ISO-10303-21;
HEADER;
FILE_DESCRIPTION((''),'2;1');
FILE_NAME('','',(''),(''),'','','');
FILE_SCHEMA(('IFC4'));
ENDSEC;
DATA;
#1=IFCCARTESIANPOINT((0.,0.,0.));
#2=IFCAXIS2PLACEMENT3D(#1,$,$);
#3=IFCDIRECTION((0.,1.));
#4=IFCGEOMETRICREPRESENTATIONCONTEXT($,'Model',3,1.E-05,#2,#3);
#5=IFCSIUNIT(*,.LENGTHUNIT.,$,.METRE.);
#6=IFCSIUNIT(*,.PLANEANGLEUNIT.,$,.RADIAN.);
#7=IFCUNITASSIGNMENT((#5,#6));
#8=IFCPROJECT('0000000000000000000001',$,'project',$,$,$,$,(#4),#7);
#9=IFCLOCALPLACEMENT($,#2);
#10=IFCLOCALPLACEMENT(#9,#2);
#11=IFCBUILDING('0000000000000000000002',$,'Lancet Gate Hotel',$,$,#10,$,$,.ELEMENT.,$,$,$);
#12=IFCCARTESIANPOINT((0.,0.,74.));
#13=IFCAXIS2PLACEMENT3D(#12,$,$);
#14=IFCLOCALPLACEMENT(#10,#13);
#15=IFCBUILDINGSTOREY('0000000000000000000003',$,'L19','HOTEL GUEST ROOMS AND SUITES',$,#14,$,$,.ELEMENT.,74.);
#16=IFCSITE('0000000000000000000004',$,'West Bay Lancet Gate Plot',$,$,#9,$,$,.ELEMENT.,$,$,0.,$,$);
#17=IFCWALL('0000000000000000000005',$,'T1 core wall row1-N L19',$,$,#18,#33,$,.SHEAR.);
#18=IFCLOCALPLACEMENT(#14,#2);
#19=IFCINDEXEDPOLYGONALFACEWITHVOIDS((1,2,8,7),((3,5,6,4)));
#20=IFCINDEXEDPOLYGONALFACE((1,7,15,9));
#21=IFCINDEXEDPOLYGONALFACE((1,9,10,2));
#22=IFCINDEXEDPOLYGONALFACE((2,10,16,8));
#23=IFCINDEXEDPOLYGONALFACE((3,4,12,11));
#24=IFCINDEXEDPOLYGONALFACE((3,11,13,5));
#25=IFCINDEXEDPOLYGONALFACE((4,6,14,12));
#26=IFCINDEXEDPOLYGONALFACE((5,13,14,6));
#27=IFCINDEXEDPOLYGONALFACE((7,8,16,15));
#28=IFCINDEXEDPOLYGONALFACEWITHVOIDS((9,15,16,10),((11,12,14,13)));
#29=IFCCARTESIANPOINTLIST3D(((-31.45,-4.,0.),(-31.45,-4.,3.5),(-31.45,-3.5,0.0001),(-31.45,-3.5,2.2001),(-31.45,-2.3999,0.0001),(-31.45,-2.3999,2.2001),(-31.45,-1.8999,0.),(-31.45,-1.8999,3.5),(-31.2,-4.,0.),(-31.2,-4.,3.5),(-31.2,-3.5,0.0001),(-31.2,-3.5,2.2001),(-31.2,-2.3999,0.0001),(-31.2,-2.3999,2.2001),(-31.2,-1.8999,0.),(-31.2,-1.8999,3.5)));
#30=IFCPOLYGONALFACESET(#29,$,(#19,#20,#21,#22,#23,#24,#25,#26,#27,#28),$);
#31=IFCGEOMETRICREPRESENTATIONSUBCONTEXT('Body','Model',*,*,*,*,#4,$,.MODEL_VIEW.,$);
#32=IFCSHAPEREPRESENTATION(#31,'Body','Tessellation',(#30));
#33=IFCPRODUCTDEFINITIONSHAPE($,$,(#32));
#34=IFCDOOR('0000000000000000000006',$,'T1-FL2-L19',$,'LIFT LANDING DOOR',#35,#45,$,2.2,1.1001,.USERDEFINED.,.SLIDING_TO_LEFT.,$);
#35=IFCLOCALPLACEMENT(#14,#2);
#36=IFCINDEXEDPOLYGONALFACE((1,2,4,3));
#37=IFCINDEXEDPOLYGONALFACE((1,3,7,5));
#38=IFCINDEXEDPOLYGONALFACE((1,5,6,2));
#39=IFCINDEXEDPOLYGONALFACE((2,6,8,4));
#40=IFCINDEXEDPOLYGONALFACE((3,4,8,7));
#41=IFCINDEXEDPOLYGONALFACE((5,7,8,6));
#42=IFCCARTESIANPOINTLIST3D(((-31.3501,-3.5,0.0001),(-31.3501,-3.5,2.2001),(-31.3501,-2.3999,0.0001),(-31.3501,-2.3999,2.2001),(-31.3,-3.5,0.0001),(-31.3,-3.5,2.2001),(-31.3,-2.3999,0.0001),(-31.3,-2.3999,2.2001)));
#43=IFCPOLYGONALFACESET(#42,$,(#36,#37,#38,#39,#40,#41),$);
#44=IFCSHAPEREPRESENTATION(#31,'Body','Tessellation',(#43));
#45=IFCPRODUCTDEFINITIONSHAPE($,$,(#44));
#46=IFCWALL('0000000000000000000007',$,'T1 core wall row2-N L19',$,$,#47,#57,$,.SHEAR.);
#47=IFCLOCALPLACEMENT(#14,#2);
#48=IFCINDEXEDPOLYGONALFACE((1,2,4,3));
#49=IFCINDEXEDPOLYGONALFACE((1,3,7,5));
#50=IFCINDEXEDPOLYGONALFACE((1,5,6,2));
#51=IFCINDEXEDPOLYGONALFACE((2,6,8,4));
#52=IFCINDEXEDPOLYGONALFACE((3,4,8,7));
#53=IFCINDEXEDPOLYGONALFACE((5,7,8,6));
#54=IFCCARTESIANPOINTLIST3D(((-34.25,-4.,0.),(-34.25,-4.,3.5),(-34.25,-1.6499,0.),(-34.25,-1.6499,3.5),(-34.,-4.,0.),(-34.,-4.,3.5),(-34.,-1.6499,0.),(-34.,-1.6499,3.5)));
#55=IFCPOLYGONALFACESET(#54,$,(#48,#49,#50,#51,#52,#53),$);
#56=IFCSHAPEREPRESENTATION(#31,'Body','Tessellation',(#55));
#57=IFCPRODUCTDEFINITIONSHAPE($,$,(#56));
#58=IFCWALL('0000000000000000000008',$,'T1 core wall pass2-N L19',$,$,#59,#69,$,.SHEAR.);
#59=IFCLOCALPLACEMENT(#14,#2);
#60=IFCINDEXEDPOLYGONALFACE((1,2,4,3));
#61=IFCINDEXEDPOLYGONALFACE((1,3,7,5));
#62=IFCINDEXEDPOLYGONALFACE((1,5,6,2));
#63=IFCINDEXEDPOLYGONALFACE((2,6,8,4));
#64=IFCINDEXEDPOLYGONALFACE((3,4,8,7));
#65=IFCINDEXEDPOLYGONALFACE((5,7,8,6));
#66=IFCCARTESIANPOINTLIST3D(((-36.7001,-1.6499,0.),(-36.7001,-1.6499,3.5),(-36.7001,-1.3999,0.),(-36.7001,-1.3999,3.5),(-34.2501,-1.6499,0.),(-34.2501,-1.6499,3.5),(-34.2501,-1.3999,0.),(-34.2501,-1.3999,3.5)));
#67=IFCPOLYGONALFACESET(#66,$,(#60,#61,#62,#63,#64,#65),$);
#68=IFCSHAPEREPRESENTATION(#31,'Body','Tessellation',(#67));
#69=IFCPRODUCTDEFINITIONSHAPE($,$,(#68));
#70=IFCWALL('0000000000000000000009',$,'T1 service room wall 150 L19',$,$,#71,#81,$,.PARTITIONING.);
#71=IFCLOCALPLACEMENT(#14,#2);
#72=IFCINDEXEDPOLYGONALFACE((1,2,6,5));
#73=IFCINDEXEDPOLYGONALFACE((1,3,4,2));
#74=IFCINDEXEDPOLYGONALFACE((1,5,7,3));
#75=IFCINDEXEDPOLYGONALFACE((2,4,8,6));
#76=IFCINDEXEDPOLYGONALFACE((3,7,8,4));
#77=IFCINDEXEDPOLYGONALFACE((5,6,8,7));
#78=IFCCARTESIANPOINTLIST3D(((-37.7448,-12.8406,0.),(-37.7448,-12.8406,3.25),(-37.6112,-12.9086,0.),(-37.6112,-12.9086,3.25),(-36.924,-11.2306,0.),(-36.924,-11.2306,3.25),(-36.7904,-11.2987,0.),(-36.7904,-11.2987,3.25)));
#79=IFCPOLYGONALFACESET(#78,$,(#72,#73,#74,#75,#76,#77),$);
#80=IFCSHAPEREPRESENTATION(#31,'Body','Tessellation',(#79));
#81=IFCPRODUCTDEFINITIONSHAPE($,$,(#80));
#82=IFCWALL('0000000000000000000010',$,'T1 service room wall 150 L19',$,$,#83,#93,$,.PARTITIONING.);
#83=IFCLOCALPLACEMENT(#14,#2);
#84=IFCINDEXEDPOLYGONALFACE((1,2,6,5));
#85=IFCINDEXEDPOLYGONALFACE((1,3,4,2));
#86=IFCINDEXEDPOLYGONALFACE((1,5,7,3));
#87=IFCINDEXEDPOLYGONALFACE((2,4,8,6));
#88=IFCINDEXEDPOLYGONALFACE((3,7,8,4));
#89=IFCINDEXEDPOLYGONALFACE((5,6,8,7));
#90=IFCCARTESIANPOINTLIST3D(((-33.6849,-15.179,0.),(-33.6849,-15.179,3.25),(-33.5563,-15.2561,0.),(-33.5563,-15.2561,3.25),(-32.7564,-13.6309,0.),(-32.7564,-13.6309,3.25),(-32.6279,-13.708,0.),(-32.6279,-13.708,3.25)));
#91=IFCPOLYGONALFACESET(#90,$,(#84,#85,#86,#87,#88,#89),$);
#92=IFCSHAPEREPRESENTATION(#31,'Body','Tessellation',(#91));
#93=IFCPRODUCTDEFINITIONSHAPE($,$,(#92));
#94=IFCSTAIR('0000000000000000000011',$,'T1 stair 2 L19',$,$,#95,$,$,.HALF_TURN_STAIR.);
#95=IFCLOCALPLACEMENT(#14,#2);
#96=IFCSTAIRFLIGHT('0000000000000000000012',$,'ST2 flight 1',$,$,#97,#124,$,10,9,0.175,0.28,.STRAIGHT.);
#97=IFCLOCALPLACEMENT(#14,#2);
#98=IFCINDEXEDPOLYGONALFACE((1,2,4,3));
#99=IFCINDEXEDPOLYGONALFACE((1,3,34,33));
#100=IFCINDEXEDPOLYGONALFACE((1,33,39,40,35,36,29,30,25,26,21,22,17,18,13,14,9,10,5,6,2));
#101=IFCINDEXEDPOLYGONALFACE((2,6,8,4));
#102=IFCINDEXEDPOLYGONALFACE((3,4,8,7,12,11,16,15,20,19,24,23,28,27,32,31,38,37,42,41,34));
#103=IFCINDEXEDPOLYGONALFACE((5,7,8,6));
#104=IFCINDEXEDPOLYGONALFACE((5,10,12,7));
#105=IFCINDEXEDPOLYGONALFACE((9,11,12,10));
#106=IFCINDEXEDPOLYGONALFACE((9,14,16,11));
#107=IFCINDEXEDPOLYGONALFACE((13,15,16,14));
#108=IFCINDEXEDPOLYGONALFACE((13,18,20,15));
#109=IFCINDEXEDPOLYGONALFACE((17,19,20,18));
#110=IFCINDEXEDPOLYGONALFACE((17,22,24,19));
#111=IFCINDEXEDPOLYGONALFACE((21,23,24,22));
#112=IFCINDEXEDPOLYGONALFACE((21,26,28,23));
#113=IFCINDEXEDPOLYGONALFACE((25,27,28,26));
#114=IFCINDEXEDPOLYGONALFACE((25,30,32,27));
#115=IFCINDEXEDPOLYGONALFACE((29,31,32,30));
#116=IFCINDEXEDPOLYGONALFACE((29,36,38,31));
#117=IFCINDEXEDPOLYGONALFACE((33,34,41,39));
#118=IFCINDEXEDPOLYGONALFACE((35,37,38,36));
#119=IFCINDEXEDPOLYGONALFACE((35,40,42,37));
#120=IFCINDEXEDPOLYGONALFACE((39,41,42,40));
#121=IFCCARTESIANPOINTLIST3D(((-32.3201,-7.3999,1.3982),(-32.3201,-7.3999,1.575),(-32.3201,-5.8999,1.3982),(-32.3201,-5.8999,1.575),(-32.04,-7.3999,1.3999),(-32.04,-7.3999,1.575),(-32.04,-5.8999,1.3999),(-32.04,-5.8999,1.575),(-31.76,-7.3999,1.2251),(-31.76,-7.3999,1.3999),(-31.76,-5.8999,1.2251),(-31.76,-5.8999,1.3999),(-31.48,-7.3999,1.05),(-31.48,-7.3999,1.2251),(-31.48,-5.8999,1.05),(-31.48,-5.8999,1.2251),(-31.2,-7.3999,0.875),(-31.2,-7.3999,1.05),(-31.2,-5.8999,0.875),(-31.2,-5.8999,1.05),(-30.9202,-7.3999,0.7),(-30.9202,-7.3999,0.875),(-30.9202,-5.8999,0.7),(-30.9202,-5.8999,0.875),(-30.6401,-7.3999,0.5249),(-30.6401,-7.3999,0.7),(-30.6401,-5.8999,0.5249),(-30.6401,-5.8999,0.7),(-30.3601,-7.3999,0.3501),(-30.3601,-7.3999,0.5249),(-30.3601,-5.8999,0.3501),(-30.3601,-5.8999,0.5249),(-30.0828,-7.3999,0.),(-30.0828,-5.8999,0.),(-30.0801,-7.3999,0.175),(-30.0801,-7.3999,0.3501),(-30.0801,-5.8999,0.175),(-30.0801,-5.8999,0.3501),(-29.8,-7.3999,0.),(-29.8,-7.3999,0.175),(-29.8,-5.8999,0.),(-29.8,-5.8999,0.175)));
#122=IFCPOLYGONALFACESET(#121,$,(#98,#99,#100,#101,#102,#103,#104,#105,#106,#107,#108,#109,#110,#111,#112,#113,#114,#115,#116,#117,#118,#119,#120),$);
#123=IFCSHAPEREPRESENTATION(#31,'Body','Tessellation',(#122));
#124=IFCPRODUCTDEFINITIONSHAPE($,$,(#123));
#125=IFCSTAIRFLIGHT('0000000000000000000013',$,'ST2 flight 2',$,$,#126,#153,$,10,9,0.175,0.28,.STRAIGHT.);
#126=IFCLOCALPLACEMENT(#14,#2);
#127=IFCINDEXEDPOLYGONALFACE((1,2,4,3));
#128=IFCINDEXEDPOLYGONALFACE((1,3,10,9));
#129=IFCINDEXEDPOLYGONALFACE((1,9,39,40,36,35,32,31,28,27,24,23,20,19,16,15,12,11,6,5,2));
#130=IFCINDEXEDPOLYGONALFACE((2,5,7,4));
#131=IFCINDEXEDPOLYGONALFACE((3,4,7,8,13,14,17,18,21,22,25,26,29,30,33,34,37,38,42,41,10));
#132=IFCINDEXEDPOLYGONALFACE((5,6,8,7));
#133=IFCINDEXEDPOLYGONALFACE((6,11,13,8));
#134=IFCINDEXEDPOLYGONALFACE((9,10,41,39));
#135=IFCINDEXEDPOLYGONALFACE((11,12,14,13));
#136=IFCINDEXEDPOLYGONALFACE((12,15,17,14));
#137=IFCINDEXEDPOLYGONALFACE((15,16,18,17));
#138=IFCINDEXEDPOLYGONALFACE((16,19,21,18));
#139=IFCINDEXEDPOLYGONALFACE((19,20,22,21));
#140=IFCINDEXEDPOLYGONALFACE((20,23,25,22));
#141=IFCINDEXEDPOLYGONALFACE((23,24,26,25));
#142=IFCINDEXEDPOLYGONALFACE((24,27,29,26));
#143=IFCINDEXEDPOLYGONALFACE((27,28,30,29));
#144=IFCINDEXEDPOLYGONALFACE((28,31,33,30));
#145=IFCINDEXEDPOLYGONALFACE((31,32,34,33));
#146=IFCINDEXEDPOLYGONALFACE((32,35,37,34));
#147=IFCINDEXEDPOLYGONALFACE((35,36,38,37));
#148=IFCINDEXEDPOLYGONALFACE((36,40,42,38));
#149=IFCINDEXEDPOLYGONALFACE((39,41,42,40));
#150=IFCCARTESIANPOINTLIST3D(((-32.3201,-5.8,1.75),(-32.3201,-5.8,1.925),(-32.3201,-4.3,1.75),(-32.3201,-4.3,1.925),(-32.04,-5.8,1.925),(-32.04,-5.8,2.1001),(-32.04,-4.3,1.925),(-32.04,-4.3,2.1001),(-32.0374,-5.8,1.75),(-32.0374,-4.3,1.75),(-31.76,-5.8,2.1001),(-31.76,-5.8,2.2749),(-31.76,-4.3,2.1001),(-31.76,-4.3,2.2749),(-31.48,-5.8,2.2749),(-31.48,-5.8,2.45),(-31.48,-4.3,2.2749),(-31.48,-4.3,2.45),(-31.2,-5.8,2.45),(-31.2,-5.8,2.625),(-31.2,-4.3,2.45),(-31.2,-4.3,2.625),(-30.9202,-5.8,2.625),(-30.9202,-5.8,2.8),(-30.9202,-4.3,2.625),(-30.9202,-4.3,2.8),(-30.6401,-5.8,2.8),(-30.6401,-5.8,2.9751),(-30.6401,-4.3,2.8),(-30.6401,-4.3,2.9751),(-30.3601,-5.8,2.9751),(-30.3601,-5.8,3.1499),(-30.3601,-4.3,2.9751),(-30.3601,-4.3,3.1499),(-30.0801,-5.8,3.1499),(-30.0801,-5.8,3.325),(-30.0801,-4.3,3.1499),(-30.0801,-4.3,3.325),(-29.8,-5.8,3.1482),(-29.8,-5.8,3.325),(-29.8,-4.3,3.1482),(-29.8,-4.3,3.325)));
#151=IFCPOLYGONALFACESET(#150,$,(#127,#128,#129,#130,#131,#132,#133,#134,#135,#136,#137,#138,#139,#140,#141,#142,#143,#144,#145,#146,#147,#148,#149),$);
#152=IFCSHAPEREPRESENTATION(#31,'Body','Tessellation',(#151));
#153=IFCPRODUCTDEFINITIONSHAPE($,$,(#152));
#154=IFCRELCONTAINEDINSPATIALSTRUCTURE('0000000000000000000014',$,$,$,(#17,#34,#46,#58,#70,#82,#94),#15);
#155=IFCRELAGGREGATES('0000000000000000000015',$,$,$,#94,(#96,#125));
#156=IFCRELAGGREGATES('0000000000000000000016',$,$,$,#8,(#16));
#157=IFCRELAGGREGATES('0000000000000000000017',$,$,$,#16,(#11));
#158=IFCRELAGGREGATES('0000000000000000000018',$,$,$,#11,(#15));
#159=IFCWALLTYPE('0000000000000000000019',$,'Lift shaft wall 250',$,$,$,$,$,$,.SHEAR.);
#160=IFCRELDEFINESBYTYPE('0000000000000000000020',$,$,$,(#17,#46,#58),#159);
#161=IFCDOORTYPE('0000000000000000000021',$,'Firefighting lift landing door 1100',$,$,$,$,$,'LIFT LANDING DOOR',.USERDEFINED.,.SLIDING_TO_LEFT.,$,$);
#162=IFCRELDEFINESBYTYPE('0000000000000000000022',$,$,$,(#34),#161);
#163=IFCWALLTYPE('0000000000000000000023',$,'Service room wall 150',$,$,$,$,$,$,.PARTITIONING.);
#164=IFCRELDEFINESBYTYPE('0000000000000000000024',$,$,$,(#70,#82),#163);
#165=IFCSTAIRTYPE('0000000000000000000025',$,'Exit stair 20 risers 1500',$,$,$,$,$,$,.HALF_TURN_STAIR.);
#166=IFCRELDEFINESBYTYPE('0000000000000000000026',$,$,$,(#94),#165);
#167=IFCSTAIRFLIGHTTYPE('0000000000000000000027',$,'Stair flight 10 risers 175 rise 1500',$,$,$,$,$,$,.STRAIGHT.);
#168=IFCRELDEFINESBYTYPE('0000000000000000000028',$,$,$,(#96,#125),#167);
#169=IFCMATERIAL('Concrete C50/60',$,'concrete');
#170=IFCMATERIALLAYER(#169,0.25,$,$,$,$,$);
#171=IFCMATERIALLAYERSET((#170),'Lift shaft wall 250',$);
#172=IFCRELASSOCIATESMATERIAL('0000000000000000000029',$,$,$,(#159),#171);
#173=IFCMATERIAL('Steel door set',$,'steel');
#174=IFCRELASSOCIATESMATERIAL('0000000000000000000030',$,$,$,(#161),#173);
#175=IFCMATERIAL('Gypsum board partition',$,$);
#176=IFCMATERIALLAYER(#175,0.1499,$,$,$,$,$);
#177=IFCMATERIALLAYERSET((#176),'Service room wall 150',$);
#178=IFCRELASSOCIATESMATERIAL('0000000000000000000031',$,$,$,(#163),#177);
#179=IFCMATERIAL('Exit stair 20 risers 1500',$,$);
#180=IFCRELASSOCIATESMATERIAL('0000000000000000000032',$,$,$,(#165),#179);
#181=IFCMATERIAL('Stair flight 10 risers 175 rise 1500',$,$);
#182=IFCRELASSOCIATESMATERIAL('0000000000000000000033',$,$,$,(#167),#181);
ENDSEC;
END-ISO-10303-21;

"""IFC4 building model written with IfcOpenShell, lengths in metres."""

from ifc_helpers import new_model, si_unit, direction, frame, frame_2d, origin, place, context, subcontext, project, spatial, polyline, rectangle, outline, extrude, material, layer, layer_set, type_object, element, fill, aggregate, save


model = new_model("IFC4")

# Units and contexts
model_context = context("Model", 3, precision=1e-05, world=origin(), true_north=direction((0.0, 1.0)))
body_context = subcontext(model_context, "Body", "Model", "MODEL_VIEW")
ifc_project = project(units=[si_unit("LENGTHUNIT", "METRE"), si_unit("PLANEANGLEUNIT", "RADIAN")], contexts=[model_context])

# Site, building, storey
site_placement = place(None, origin())
site = spatial("IfcSite", under=ifc_project, at=site_placement, Name="West Bay Lancet Gate Plot", CompositionType="ELEMENT", RefElevation=0.0)
building_placement = place(site_placement, origin())
building = spatial("IfcBuilding", under=site, at=building_placement, Name="Lancet Gate Hotel", CompositionType="ELEMENT")
storey_placement = place(building_placement, frame((0.0, 0.0, 74.0)))
storey = spatial("IfcBuildingStorey", under=building, at=storey_placement, Name="L19", Description="HOTEL GUEST ROOMS AND SUITES", CompositionType="ELEMENT", Elevation=74.0)

# Wall, opening, door
ifc_material_1 = material(Name="Concrete C50/60", Category="concrete")
ifc_layer_1 = layer(ifc_material_1, 0.25)
ifc_layer_set_1 = layer_set([ifc_layer_1], Name="Lift shaft wall 250")
wall_type_1 = type_object("IfcWallType", Name="Lift shaft wall 250", PredefinedType="SHEAR", material=ifc_layer_set_1)
wall_1_placement = place(storey_placement, frame((-31.325, -1.8999, 0.0), z_axis=(0.0, 0.0, 1.0), x_axis=(0.0, -1.0, 0.0)))
wall_1 = element("IfcWall", 1, at=wall_1_placement, inside=storey, type_object=wall_type_1, Name="T1 core wall row1-N L19", PredefinedType="SHEAR", context=body_context, shape_type="SweptSolid", body=[
    extrude(rectangle(XDim=2.1001, YDim=0.25, at=frame_2d((1.05, 0.0))), origin(), (0.0, 0.0, 1.0), 3.5),
])
opening_1_placement = place(wall_1_placement, frame((0.5, 0.0, 0.0)))
opening_1 = element("IfcOpeningElement", 2, at=opening_1_placement, cuts=wall_1, PredefinedType="OPENING", context=body_context, shape_type="SweptSolid", body=[
    extrude(rectangle(XDim=1.1001, YDim=2.2, at=frame_2d((0.55, 1.1001))), frame((0.0, 0.135, 0.0), z_axis=(0.0, -1.0, 0.0), x_axis=(1.0, 0.0, 0.0)), (0.0, 0.0, 1.0), 0.27),
])
ifc_material_2 = material(Name="Steel door set", Category="steel")
door_type_1 = type_object("IfcDoorType", Name="Firefighting lift landing door 1100", ElementType="LIFT LANDING DOOR", OperationType="SLIDING_TO_LEFT", PredefinedType="USERDEFINED", material=ifc_material_2)
door_1_placement = place(opening_1_placement, origin())
door_1 = element("IfcDoor", 3, at=door_1_placement, inside=storey, type_object=door_type_1, Name="T1-FL2-L19", ObjectType="LIFT LANDING DOOR", OperationType="SLIDING_TO_LEFT", OverallHeight=2.2, OverallWidth=1.1001, PredefinedType="USERDEFINED", context=body_context, shape_type="SweptSolid", body=[
    extrude(rectangle(XDim=1.1001, YDim=2.2, at=frame_2d((0.55, 1.1001))), frame((0.0, 0.0249, 0.0), z_axis=(0.0, -1.0, 0.0), x_axis=(1.0, 0.0, 0.0)), (0.0, 0.0, 1.0), 0.05),
])
fill(opening_1, door_1)

# Walls
wall_2_placement = place(storey_placement, frame((-34.125, -1.6499, 0.0), z_axis=(0.0, 0.0, 1.0), x_axis=(0.0, -1.0, 0.0)))
element("IfcWall", 4, at=wall_2_placement, inside=storey, type_object=wall_type_1, Name="T1 core wall row2-N L19", PredefinedType="SHEAR", context=body_context, shape_type="SweptSolid", body=[
    extrude(rectangle(XDim=2.3501, YDim=0.25, at=frame_2d((1.175, 0.0))), origin(), (0.0, 0.0, 1.0), 3.5),
])
wall_3_placement = place(storey_placement, frame((-34.25, -1.5249, 0.0), z_axis=(0.0, 0.0, 1.0), x_axis=(-1.0, 0.0, 0.0)))
element("IfcWall", 5, at=wall_3_placement, inside=storey, type_object=wall_type_1, Name="T1 core wall pass2-N L19", PredefinedType="SHEAR", context=body_context, shape_type="SweptSolid", body=[
    extrude(rectangle(XDim=2.45, YDim=0.25, at=frame_2d((1.2251, 0.0))), origin(), (0.0, 0.0, 1.0), 3.5),
])
ifc_material_3 = material(Name="Gypsum board partition")
ifc_layer_2 = layer(ifc_material_3, 0.1499)
ifc_layer_set_2 = layer_set([ifc_layer_2], Name="Service room wall 150")
wall_type_2 = type_object("IfcWallType", Name="Service room wall 150", PredefinedType="PARTITIONING", material=ifc_layer_set_2)
wall_4_placement = place(storey_placement, frame((-36.8572, -11.2646, 0.0), z_axis=(0.0, 0.0, 1.0), x_axis=(-0.454225, -0.890887, 0.0)))
element("IfcWall", 6, at=wall_4_placement, inside=storey, type_object=wall_type_2, Name="T1 service room wall 150 L19", PredefinedType="PARTITIONING", context=body_context, shape_type="SweptSolid", body=[
    extrude(rectangle(XDim=1.8071, YDim=0.1499, at=frame_2d((0.9036, 0.0))), origin(), (0.0, 0.0, 1.0), 3.25),
])
wall_5_placement = place(storey_placement, frame((-33.6206, -15.2175, 0.0), z_axis=(0.0, 0.0, 1.0), x_axis=(0.514337, 0.857588, 0.0)))
element("IfcWall", 7, at=wall_5_placement, inside=storey, type_object=wall_type_2, Name="T1 service room wall 150 L19", PredefinedType="PARTITIONING", context=body_context, shape_type="SweptSolid", body=[
    extrude(rectangle(XDim=1.8052, YDim=0.1499, at=frame_2d((0.9026, 0.0))), origin(), (0.0, 0.0, 1.0), 3.25),
])

# Stair, stair flights
ifc_material_4 = material(Name="Exit stair 20 risers 1500")
stair_type = type_object("IfcStairType", Name="Exit stair 20 risers 1500", PredefinedType="HALF_TURN_STAIR", material=ifc_material_4)
stair_placement = place(storey_placement, origin())
stair = element("IfcStair", 8, at=stair_placement, inside=storey, type_object=stair_type, Name="T1 stair 2 L19", PredefinedType="HALF_TURN_STAIR")
ifc_material_5 = material(Name="Stair flight 10 risers 175 rise 1500")
stair_flight_type = type_object("IfcStairFlightType", Name="Stair flight 10 risers 175 rise 1500", PredefinedType="STRAIGHT", material=ifc_material_5)
stair_flight_1_placement = place(storey_placement, frame((-29.8, -6.6499, 0.0), z_axis=(0.0, 0.0, 1.0), x_axis=(-1.0, 0.0, 0.0)))
stair_flight_1 = element("IfcStairFlight", 9, at=stair_flight_1_placement, type_object=stair_flight_type, Name="ST2 flight 1", NumberOfRisers=10, NumberOfTreads=9, PredefinedType="STRAIGHT", RiserHeight=0.175, TreadLength=0.28, context=body_context, shape_type="SweptSolid", body=[
    extrude(outline(polyline([(0.0, 0.0), (0.0, 0.175), (0.28, 0.175), (0.28, 0.3501), (0.5601, 0.3501), (0.5601, 0.5249), (0.8401, 0.5249), (0.8401, 0.7), (1.1201, 0.7), (1.1201, 0.875), (1.3999, 0.875), (1.3999, 1.05), (1.6799, 1.05), (1.6799, 1.2251), (1.96, 1.2251), (1.96, 1.3999), (2.24, 1.3999), (2.24, 1.575), (2.52, 1.575), (2.52, 1.75), (2.52, 1.3982), (0.2827, 0.0), (0.0, 0.0)])), frame((0.0, 0.75, 0.0), z_axis=(0.0, -1.0, 0.0), x_axis=(1.0, 0.0, 0.0)), (0.0, 0.0, 1.0), 1.5),
])
stair_flight_2_placement = place(storey_placement, frame((-32.3201, -5.05, 1.75), z_axis=(0.0, 0.0, 1.0), x_axis=(1.0, 0.0, 0.0)))
stair_flight_2 = element("IfcStairFlight", 10, at=stair_flight_2_placement, type_object=stair_flight_type, Name="ST2 flight 2", NumberOfRisers=10, NumberOfTreads=9, PredefinedType="STRAIGHT", RiserHeight=0.175, TreadLength=0.28, context=body_context, shape_type="SweptSolid", body=[
    extrude(outline(polyline([(0.0, 0.0), (0.0, 0.175), (0.28, 0.175), (0.28, 0.3501), (0.5601, 0.3501), (0.5601, 0.5249), (0.8401, 0.5249), (0.8401, 0.7), (1.1201, 0.7), (1.1201, 0.875), (1.3999, 0.875), (1.3999, 1.05), (1.6799, 1.05), (1.6799, 1.2251), (1.96, 1.2251), (1.96, 1.3999), (2.24, 1.3999), (2.24, 1.575), (2.52, 1.575), (2.52, 1.75), (2.52, 1.3982), (0.2827, 0.0), (0.0, 0.0)])), frame((0.0, 0.75, 0.0), z_axis=(0.0, -1.0, 0.0), x_axis=(1.0, 0.0, 0.0)), (0.0, 0.0, 1.0), 1.5),
])
aggregate(stair, [stair_flight_1, stair_flight_2])

save(model, "model.ifc")
